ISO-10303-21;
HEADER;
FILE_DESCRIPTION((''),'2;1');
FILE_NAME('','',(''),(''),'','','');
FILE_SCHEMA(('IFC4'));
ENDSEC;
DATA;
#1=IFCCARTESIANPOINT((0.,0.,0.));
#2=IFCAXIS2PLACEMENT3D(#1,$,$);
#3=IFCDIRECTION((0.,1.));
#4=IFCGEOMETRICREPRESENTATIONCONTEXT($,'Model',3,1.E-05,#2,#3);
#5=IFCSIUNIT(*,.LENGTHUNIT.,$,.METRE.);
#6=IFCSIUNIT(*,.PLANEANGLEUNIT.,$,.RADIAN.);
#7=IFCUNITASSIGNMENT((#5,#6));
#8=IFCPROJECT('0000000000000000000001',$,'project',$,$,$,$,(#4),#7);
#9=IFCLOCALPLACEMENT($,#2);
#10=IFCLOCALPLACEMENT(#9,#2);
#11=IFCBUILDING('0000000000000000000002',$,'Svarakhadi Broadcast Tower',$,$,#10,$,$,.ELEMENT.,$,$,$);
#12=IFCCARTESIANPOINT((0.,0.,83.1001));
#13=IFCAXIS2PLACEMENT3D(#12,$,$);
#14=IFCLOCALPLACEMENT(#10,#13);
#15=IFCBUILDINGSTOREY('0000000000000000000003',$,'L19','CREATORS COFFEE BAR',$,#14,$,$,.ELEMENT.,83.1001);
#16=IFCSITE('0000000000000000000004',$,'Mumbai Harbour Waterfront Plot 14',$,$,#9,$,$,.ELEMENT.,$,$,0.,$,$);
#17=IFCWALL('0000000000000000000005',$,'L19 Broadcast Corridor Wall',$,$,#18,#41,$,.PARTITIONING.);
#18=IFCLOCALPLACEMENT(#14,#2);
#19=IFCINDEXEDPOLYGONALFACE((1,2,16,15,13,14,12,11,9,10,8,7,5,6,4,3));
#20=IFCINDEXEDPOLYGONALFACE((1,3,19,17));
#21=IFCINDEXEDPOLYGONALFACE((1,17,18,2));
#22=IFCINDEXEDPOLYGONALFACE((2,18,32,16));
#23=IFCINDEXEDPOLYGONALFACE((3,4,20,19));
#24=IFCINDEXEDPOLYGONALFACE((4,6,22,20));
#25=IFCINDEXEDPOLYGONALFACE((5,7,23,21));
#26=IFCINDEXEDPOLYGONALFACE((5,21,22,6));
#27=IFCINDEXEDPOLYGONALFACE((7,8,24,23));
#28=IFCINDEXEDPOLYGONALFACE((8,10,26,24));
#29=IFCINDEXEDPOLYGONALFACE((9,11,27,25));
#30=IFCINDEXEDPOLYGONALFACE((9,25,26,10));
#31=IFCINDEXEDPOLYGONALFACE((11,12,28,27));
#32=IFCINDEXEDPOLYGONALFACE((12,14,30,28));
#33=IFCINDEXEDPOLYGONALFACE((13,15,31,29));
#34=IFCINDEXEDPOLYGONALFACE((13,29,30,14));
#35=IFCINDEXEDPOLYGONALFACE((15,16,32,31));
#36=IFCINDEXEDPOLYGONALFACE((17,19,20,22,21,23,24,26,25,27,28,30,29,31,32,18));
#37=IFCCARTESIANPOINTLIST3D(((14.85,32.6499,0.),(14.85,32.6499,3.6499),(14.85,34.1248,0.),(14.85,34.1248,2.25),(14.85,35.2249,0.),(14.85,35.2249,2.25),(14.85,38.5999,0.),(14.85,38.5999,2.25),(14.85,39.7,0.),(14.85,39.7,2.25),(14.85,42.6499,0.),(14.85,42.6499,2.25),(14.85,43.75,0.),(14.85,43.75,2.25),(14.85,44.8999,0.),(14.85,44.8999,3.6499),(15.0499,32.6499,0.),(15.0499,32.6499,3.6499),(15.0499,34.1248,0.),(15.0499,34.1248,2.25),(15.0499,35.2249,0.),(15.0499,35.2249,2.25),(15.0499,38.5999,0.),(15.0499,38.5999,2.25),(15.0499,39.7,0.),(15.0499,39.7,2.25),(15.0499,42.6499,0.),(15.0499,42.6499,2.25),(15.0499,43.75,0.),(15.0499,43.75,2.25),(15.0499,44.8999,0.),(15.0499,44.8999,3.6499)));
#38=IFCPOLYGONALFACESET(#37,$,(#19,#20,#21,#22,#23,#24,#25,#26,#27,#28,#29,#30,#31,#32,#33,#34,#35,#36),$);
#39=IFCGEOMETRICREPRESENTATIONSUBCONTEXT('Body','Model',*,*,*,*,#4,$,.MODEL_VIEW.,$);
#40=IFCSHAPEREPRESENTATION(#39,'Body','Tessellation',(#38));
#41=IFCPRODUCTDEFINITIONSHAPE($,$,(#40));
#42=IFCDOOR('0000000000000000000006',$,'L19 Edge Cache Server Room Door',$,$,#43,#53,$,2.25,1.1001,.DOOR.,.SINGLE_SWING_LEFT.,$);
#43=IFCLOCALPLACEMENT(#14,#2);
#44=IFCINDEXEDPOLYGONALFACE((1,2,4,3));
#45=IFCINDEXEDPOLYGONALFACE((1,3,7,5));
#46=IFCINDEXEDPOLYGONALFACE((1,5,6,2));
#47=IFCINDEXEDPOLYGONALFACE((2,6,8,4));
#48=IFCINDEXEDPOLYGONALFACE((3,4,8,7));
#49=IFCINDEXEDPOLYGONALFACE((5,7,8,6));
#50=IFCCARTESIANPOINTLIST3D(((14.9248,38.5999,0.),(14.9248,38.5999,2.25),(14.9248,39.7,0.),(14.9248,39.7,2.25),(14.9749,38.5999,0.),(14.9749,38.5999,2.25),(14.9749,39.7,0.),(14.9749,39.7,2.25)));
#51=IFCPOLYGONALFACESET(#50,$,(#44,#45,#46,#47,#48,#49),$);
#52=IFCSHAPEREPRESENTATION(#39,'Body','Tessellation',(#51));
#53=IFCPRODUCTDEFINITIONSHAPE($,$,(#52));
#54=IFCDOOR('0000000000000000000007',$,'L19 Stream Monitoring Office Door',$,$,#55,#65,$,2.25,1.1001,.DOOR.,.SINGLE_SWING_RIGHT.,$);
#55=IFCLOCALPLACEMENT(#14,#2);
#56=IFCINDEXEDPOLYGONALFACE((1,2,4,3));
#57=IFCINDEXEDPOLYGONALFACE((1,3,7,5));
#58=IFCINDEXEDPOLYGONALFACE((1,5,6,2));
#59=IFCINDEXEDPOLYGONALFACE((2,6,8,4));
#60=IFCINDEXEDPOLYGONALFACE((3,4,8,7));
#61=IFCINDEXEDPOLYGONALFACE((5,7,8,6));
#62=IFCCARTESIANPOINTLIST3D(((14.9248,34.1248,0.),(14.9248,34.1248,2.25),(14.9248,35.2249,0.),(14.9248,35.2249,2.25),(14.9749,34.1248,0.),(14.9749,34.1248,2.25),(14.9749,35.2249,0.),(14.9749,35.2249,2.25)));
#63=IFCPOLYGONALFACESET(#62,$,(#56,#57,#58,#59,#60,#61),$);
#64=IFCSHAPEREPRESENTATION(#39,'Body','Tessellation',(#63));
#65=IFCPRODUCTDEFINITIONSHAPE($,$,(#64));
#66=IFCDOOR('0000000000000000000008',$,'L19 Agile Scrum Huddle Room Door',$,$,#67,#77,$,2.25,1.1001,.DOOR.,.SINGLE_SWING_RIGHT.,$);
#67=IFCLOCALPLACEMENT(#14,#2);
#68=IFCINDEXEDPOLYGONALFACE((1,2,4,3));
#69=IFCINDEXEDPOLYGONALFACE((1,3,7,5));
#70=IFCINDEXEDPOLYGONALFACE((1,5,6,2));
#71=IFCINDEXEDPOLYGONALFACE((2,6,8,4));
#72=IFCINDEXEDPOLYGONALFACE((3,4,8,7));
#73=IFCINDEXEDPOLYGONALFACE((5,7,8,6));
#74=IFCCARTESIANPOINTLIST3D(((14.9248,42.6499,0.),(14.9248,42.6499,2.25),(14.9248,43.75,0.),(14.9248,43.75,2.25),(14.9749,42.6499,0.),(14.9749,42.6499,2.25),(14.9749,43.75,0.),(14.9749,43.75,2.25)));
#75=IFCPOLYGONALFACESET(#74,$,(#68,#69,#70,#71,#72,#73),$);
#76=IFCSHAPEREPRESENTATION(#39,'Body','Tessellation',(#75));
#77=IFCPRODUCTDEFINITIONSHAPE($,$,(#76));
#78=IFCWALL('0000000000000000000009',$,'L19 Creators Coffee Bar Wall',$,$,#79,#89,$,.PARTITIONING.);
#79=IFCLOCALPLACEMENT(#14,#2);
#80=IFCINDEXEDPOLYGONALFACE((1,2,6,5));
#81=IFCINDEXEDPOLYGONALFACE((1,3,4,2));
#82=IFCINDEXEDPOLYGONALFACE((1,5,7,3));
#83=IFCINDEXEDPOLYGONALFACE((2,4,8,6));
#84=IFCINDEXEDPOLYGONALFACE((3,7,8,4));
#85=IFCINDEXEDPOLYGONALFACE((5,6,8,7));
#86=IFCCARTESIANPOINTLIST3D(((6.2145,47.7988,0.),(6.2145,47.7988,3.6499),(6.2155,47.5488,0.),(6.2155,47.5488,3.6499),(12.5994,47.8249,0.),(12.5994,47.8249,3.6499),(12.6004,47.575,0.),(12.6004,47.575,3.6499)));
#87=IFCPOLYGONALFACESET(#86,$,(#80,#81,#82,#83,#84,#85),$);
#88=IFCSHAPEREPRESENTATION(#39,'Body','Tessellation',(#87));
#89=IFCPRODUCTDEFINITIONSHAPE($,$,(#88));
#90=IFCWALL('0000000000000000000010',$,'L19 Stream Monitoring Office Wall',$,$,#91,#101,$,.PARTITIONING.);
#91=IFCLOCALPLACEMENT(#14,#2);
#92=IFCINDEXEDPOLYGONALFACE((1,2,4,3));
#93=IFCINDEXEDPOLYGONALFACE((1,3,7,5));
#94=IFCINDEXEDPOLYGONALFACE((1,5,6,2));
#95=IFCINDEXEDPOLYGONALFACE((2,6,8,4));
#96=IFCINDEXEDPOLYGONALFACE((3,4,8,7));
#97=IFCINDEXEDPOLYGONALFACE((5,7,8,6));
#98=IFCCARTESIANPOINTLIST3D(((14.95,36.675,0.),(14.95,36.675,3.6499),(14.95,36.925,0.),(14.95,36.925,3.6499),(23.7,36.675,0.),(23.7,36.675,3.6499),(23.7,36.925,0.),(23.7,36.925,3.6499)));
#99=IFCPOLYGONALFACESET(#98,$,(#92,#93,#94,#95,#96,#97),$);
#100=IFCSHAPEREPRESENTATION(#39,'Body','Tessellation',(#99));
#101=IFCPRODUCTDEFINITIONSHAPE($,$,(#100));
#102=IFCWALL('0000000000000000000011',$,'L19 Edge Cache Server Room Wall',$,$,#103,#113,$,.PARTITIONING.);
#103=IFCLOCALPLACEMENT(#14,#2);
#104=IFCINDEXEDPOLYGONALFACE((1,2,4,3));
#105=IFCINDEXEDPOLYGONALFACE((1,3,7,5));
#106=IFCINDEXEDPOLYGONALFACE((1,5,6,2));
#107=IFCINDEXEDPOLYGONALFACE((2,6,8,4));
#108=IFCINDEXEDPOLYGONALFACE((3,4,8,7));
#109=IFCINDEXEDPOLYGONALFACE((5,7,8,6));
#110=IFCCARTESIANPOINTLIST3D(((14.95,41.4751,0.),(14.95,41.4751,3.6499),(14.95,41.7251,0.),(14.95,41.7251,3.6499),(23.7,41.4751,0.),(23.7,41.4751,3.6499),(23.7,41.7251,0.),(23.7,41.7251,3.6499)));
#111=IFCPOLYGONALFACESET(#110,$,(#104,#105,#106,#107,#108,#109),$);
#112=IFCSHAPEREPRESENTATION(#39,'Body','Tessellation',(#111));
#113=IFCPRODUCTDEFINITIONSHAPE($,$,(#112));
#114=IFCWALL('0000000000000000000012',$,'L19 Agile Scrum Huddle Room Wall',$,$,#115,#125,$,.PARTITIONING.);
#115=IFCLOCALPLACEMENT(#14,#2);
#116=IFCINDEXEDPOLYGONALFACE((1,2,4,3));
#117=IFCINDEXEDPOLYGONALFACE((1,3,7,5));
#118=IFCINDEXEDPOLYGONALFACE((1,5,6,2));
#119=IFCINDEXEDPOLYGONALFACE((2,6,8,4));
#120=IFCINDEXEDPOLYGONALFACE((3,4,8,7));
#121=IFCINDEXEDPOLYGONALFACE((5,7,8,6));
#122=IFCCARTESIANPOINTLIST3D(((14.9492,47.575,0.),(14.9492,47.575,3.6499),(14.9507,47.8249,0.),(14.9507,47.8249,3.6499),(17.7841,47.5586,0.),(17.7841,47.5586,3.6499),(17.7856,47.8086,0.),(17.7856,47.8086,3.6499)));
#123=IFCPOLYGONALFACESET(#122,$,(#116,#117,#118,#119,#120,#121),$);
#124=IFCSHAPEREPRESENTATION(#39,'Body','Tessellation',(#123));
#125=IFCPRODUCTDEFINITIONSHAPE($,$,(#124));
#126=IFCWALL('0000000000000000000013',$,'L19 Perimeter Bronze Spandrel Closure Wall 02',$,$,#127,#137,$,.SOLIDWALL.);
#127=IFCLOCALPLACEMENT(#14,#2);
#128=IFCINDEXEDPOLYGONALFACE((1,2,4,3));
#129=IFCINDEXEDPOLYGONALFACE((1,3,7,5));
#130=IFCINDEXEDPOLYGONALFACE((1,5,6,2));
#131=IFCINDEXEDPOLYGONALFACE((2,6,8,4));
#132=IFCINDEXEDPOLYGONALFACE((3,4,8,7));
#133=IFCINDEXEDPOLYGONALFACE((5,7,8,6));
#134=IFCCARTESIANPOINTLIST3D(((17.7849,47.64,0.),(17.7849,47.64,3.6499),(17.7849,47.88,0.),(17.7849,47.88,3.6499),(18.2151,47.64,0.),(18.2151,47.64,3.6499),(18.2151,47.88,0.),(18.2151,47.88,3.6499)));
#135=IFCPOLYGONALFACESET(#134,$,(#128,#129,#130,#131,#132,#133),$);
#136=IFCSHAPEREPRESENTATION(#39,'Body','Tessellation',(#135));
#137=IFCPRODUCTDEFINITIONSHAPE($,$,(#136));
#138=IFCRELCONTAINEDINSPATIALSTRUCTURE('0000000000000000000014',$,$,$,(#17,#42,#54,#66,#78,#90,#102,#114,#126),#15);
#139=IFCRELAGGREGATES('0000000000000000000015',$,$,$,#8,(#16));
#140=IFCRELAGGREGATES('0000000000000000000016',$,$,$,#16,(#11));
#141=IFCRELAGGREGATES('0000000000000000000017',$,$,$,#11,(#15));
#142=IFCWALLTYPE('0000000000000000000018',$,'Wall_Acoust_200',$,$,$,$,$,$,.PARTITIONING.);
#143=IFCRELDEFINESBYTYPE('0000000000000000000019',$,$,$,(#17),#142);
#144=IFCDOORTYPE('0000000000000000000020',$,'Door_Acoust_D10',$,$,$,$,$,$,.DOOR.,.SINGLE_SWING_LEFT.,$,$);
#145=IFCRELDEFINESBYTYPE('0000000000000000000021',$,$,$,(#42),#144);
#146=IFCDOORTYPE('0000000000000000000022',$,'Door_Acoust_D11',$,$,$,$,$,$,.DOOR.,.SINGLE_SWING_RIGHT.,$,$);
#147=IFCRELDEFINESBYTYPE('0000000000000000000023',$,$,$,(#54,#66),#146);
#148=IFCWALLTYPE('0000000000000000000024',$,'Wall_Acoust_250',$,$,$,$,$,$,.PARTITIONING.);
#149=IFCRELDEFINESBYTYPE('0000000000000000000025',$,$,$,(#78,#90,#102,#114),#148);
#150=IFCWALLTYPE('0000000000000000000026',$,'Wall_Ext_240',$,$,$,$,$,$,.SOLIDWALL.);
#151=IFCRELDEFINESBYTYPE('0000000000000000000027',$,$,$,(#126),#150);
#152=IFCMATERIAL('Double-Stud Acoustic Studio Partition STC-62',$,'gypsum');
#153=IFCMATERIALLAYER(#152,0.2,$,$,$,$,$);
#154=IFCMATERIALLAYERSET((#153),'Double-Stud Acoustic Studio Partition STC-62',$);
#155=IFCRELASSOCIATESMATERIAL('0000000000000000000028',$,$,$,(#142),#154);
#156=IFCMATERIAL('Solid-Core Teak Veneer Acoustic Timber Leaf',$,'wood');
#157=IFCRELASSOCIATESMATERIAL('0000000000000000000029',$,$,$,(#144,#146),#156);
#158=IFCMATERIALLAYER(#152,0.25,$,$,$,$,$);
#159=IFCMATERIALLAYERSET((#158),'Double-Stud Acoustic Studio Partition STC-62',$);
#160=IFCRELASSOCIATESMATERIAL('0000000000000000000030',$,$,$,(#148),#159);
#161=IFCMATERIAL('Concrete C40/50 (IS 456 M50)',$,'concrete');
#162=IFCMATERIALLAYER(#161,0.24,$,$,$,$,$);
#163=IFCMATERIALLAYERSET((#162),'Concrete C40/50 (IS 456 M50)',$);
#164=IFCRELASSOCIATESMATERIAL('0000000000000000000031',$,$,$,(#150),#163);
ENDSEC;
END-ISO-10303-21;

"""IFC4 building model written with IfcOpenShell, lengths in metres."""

from ifc_helpers import new_model, si_unit, direction, frame, frame_2d, origin, place, context, subcontext, project, spatial, rectangle, extrude, material, layer, layer_set, type_object, element, fill, save


model = new_model("IFC4")

# Units and contexts
model_context = context("Model", 3, precision=1e-05, world=origin(), true_north=direction((0.0, 1.0)))
body_context = subcontext(model_context, "Body", "Model", "MODEL_VIEW")
ifc_project = project(units=[si_unit("LENGTHUNIT", "METRE"), si_unit("PLANEANGLEUNIT", "RADIAN")], contexts=[model_context])

# Site, building, storey
site_placement = place(None, origin())
site = spatial("IfcSite", under=ifc_project, at=site_placement, Name="Mumbai Harbour Waterfront Plot 14", CompositionType="ELEMENT", RefElevation=0.0)
building_placement = place(site_placement, origin())
building = spatial("IfcBuilding", under=site, at=building_placement, Name="Svarakhadi Broadcast Tower", CompositionType="ELEMENT")
storey_placement = place(building_placement, frame((0.0, 0.0, 83.1001)))
storey = spatial("IfcBuildingStorey", under=building, at=storey_placement, Name="L19", Description="CREATORS COFFEE BAR", CompositionType="ELEMENT", Elevation=83.1001)

# Shared definitions
ifc_material_1 = material(Name="Double-Stud Acoustic Studio Partition STC-62", Category="gypsum")
ifc_layer_1 = layer(ifc_material_1, 0.2)
ifc_layer_set_1 = layer_set([ifc_layer_1], Name="Double-Stud Acoustic Studio Partition STC-62")
wall_type_1 = type_object("IfcWallType", Name="Wall_Acoust_200", PredefinedType="PARTITIONING", material=ifc_layer_set_1)

# Wall, openings, doors
wall_1_placement = place(storey_placement, frame((14.95, 44.8999, 0.0), z_axis=(0.0, 0.0, 1.0), x_axis=(0.0, -1.0, 0.0)))
wall_1 = element("IfcWall", 1, at=wall_1_placement, inside=storey, type_object=wall_type_1, Name="L19 Broadcast Corridor Wall", PredefinedType="PARTITIONING", context=body_context, shape_type="SweptSolid", body=[
    extrude(rectangle(XDim=12.25, YDim=0.2, at=frame_2d((6.125, 0.0))), origin(), (0.0, 0.0, 1.0), 3.6499),
])
opening_1_placement = place(wall_1_placement, frame((9.675, 0.0, 0.0)))
opening_1 = element("IfcOpeningElement", 2, at=opening_1_placement, cuts=wall_1, PredefinedType="OPENING", context=body_context, shape_type="SweptSolid", body=[
    extrude(rectangle(XDim=1.1001, YDim=2.25, at=frame_2d((0.55, 1.125))), frame((0.0, 0.1099, 0.0), z_axis=(0.0, -1.0, 0.0), x_axis=(1.0, 0.0, 0.0)), (0.0, 0.0, 1.0), 0.22),
])
opening_2_placement = place(wall_1_placement, frame((5.2, 0.0, 0.0)))
opening_2 = element("IfcOpeningElement", 3, at=opening_2_placement, cuts=wall_1, PredefinedType="OPENING", context=body_context, shape_type="SweptSolid", body=[
    extrude(rectangle(XDim=1.1001, YDim=2.25, at=frame_2d((0.55, 1.125))), frame((0.0, 0.1099, 0.0), z_axis=(0.0, -1.0, 0.0), x_axis=(1.0, 0.0, 0.0)), (0.0, 0.0, 1.0), 0.22),
])
opening_3_placement = place(wall_1_placement, frame((1.1499, 0.0, 0.0)))
opening_3 = element("IfcOpeningElement", 4, at=opening_3_placement, cuts=wall_1, PredefinedType="OPENING", context=body_context, shape_type="SweptSolid", body=[
    extrude(rectangle(XDim=1.1001, YDim=2.25, at=frame_2d((0.55, 1.125))), frame((0.0, 0.1099, 0.0), z_axis=(0.0, -1.0, 0.0), x_axis=(1.0, 0.0, 0.0)), (0.0, 0.0, 1.0), 0.22),
])
ifc_material_2 = material(Name="Solid-Core Teak Veneer Acoustic Timber Leaf", Category="wood")
door_type_1 = type_object("IfcDoorType", Name="Door_Acoust_D10", OperationType="SINGLE_SWING_LEFT", PredefinedType="DOOR", material=ifc_material_2)
door_1_placement = place(opening_2_placement, origin())
door_1 = element("IfcDoor", 5, at=door_1_placement, inside=storey, type_object=door_type_1, Name="L19 Edge Cache Server Room Door", OperationType="SINGLE_SWING_LEFT", OverallHeight=2.25, OverallWidth=1.1001, PredefinedType="DOOR", context=body_context, shape_type="SweptSolid", body=[
    extrude(rectangle(XDim=1.1001, YDim=2.25, at=frame_2d((0.55, 1.125))), frame((0.0, 0.0249, 0.0), z_axis=(0.0, -1.0, 0.0), x_axis=(1.0, 0.0, 0.0)), (0.0, 0.0, 1.0), 0.05),
])
fill(opening_2, door_1)
door_type_2 = type_object("IfcDoorType", Name="Door_Acoust_D11", OperationType="SINGLE_SWING_RIGHT", PredefinedType="DOOR", material=ifc_material_2)
door_2_placement = place(opening_1_placement, origin())
door_2 = element("IfcDoor", 6, at=door_2_placement, inside=storey, type_object=door_type_2, Name="L19 Stream Monitoring Office Door", OperationType="SINGLE_SWING_RIGHT", OverallHeight=2.25, OverallWidth=1.1001, PredefinedType="DOOR", context=body_context, shape_type="SweptSolid", body=[
    extrude(rectangle(XDim=1.1001, YDim=2.25, at=frame_2d((0.55, 1.125))), frame((0.0, 0.0249, 0.0), z_axis=(0.0, -1.0, 0.0), x_axis=(1.0, 0.0, 0.0)), (0.0, 0.0, 1.0), 0.05),
])
fill(opening_1, door_2)
door_3_placement = place(opening_3_placement, origin())
door_3 = element("IfcDoor", 7, at=door_3_placement, inside=storey, type_object=door_type_2, Name="L19 Agile Scrum Huddle Room Door", OperationType="SINGLE_SWING_RIGHT", OverallHeight=2.25, OverallWidth=1.1001, PredefinedType="DOOR", context=body_context, shape_type="SweptSolid", body=[
    extrude(rectangle(XDim=1.1001, YDim=2.25, at=frame_2d((0.55, 1.125))), frame((0.0, 0.0249, 0.0), z_axis=(0.0, -1.0, 0.0), x_axis=(1.0, 0.0, 0.0)), (0.0, 0.0, 1.0), 0.05),
])
fill(opening_3, door_3)

# Walls
ifc_layer_2 = layer(ifc_material_1, 0.25)
ifc_layer_set_2 = layer_set([ifc_layer_2], Name="Double-Stud Acoustic Studio Partition STC-62")
wall_type_2 = type_object("IfcWallType", Name="Wall_Acoust_250", PredefinedType="PARTITIONING", material=ifc_layer_set_2)
wall_2_placement = place(storey_placement, frame((6.2151, 47.6738, 0.0), z_axis=(0.0, 0.0, 1.0), x_axis=(0.999992, 0.004091, 0.0)))
element("IfcWall", 8, at=wall_2_placement, inside=storey, type_object=wall_type_2, Name="L19 Creators Coffee Bar Wall", PredefinedType="PARTITIONING", context=body_context, shape_type="SweptSolid", body=[
    extrude(rectangle(XDim=6.385, YDim=0.25, at=frame_2d((3.1924, 0.0))), origin(), (0.0, 0.0, 1.0), 3.6499),
])
for number, where, z_axis, x_axis, name in (
    (9, (14.95, 36.8, 0.0), (0.0, 0.0, 1.0), (1.0, 0.0, 0.0), "L19 Stream Monitoring Office Wall"),
    (10, (14.95, 41.6001, 0.0), (0.0, 0.0, 1.0), (1.0, 0.0, 0.0), "L19 Edge Cache Server Room Wall"),
):
    element("IfcWall", number, at=place(storey_placement, frame(where, z_axis=z_axis, x_axis=x_axis)), inside=storey, type_object=wall_type_2, Name=name, PredefinedType="PARTITIONING", context=body_context, shape_type="SweptSolid", body=[
        extrude(rectangle(XDim=8.75, YDim=0.25, at=frame_2d((4.375, 0.0))), origin(), (0.0, 0.0, 1.0), 3.6499),
    ])
wall_3_placement = place(storey_placement, frame((14.95, 47.7, 0.0), z_axis=(0.0, 0.0, 1.0), x_axis=(0.999983, -0.00577, 0.0)))
element("IfcWall", 11, at=wall_3_placement, inside=storey, type_object=wall_type_2, Name="L19 Agile Scrum Huddle Room Wall", PredefinedType="PARTITIONING", context=body_context, shape_type="SweptSolid", body=[
    extrude(rectangle(XDim=2.835, YDim=0.25, at=frame_2d((1.4175, 0.0))), origin(), (0.0, 0.0, 1.0), 3.6499),
])
ifc_material_3 = material(Name="Concrete C40/50 (IS 456 M50)", Category="concrete")
ifc_layer_3 = layer(ifc_material_3, 0.24)
ifc_layer_set_3 = layer_set([ifc_layer_3], Name="Concrete C40/50 (IS 456 M50)")
wall_type_3 = type_object("IfcWallType", Name="Wall_Ext_240", PredefinedType="SOLIDWALL", material=ifc_layer_set_3)
wall_4_placement = place(storey_placement, frame((17.7849, 47.76, 0.0), z_axis=(0.0, 0.0, 1.0), x_axis=(1.0, 0.0, 0.0)))
element("IfcWall", 12, at=wall_4_placement, inside=storey, type_object=wall_type_3, Name="L19 Perimeter Bronze Spandrel Closure Wall 02", PredefinedType="SOLIDWALL", context=body_context, shape_type="SweptSolid", body=[
    extrude(rectangle(XDim=0.4302, YDim=0.24, at=frame_2d((0.2151, 0.0))), origin(), (0.0, 0.0, 1.0), 3.6499),
])

save(model, "model.ifc")
